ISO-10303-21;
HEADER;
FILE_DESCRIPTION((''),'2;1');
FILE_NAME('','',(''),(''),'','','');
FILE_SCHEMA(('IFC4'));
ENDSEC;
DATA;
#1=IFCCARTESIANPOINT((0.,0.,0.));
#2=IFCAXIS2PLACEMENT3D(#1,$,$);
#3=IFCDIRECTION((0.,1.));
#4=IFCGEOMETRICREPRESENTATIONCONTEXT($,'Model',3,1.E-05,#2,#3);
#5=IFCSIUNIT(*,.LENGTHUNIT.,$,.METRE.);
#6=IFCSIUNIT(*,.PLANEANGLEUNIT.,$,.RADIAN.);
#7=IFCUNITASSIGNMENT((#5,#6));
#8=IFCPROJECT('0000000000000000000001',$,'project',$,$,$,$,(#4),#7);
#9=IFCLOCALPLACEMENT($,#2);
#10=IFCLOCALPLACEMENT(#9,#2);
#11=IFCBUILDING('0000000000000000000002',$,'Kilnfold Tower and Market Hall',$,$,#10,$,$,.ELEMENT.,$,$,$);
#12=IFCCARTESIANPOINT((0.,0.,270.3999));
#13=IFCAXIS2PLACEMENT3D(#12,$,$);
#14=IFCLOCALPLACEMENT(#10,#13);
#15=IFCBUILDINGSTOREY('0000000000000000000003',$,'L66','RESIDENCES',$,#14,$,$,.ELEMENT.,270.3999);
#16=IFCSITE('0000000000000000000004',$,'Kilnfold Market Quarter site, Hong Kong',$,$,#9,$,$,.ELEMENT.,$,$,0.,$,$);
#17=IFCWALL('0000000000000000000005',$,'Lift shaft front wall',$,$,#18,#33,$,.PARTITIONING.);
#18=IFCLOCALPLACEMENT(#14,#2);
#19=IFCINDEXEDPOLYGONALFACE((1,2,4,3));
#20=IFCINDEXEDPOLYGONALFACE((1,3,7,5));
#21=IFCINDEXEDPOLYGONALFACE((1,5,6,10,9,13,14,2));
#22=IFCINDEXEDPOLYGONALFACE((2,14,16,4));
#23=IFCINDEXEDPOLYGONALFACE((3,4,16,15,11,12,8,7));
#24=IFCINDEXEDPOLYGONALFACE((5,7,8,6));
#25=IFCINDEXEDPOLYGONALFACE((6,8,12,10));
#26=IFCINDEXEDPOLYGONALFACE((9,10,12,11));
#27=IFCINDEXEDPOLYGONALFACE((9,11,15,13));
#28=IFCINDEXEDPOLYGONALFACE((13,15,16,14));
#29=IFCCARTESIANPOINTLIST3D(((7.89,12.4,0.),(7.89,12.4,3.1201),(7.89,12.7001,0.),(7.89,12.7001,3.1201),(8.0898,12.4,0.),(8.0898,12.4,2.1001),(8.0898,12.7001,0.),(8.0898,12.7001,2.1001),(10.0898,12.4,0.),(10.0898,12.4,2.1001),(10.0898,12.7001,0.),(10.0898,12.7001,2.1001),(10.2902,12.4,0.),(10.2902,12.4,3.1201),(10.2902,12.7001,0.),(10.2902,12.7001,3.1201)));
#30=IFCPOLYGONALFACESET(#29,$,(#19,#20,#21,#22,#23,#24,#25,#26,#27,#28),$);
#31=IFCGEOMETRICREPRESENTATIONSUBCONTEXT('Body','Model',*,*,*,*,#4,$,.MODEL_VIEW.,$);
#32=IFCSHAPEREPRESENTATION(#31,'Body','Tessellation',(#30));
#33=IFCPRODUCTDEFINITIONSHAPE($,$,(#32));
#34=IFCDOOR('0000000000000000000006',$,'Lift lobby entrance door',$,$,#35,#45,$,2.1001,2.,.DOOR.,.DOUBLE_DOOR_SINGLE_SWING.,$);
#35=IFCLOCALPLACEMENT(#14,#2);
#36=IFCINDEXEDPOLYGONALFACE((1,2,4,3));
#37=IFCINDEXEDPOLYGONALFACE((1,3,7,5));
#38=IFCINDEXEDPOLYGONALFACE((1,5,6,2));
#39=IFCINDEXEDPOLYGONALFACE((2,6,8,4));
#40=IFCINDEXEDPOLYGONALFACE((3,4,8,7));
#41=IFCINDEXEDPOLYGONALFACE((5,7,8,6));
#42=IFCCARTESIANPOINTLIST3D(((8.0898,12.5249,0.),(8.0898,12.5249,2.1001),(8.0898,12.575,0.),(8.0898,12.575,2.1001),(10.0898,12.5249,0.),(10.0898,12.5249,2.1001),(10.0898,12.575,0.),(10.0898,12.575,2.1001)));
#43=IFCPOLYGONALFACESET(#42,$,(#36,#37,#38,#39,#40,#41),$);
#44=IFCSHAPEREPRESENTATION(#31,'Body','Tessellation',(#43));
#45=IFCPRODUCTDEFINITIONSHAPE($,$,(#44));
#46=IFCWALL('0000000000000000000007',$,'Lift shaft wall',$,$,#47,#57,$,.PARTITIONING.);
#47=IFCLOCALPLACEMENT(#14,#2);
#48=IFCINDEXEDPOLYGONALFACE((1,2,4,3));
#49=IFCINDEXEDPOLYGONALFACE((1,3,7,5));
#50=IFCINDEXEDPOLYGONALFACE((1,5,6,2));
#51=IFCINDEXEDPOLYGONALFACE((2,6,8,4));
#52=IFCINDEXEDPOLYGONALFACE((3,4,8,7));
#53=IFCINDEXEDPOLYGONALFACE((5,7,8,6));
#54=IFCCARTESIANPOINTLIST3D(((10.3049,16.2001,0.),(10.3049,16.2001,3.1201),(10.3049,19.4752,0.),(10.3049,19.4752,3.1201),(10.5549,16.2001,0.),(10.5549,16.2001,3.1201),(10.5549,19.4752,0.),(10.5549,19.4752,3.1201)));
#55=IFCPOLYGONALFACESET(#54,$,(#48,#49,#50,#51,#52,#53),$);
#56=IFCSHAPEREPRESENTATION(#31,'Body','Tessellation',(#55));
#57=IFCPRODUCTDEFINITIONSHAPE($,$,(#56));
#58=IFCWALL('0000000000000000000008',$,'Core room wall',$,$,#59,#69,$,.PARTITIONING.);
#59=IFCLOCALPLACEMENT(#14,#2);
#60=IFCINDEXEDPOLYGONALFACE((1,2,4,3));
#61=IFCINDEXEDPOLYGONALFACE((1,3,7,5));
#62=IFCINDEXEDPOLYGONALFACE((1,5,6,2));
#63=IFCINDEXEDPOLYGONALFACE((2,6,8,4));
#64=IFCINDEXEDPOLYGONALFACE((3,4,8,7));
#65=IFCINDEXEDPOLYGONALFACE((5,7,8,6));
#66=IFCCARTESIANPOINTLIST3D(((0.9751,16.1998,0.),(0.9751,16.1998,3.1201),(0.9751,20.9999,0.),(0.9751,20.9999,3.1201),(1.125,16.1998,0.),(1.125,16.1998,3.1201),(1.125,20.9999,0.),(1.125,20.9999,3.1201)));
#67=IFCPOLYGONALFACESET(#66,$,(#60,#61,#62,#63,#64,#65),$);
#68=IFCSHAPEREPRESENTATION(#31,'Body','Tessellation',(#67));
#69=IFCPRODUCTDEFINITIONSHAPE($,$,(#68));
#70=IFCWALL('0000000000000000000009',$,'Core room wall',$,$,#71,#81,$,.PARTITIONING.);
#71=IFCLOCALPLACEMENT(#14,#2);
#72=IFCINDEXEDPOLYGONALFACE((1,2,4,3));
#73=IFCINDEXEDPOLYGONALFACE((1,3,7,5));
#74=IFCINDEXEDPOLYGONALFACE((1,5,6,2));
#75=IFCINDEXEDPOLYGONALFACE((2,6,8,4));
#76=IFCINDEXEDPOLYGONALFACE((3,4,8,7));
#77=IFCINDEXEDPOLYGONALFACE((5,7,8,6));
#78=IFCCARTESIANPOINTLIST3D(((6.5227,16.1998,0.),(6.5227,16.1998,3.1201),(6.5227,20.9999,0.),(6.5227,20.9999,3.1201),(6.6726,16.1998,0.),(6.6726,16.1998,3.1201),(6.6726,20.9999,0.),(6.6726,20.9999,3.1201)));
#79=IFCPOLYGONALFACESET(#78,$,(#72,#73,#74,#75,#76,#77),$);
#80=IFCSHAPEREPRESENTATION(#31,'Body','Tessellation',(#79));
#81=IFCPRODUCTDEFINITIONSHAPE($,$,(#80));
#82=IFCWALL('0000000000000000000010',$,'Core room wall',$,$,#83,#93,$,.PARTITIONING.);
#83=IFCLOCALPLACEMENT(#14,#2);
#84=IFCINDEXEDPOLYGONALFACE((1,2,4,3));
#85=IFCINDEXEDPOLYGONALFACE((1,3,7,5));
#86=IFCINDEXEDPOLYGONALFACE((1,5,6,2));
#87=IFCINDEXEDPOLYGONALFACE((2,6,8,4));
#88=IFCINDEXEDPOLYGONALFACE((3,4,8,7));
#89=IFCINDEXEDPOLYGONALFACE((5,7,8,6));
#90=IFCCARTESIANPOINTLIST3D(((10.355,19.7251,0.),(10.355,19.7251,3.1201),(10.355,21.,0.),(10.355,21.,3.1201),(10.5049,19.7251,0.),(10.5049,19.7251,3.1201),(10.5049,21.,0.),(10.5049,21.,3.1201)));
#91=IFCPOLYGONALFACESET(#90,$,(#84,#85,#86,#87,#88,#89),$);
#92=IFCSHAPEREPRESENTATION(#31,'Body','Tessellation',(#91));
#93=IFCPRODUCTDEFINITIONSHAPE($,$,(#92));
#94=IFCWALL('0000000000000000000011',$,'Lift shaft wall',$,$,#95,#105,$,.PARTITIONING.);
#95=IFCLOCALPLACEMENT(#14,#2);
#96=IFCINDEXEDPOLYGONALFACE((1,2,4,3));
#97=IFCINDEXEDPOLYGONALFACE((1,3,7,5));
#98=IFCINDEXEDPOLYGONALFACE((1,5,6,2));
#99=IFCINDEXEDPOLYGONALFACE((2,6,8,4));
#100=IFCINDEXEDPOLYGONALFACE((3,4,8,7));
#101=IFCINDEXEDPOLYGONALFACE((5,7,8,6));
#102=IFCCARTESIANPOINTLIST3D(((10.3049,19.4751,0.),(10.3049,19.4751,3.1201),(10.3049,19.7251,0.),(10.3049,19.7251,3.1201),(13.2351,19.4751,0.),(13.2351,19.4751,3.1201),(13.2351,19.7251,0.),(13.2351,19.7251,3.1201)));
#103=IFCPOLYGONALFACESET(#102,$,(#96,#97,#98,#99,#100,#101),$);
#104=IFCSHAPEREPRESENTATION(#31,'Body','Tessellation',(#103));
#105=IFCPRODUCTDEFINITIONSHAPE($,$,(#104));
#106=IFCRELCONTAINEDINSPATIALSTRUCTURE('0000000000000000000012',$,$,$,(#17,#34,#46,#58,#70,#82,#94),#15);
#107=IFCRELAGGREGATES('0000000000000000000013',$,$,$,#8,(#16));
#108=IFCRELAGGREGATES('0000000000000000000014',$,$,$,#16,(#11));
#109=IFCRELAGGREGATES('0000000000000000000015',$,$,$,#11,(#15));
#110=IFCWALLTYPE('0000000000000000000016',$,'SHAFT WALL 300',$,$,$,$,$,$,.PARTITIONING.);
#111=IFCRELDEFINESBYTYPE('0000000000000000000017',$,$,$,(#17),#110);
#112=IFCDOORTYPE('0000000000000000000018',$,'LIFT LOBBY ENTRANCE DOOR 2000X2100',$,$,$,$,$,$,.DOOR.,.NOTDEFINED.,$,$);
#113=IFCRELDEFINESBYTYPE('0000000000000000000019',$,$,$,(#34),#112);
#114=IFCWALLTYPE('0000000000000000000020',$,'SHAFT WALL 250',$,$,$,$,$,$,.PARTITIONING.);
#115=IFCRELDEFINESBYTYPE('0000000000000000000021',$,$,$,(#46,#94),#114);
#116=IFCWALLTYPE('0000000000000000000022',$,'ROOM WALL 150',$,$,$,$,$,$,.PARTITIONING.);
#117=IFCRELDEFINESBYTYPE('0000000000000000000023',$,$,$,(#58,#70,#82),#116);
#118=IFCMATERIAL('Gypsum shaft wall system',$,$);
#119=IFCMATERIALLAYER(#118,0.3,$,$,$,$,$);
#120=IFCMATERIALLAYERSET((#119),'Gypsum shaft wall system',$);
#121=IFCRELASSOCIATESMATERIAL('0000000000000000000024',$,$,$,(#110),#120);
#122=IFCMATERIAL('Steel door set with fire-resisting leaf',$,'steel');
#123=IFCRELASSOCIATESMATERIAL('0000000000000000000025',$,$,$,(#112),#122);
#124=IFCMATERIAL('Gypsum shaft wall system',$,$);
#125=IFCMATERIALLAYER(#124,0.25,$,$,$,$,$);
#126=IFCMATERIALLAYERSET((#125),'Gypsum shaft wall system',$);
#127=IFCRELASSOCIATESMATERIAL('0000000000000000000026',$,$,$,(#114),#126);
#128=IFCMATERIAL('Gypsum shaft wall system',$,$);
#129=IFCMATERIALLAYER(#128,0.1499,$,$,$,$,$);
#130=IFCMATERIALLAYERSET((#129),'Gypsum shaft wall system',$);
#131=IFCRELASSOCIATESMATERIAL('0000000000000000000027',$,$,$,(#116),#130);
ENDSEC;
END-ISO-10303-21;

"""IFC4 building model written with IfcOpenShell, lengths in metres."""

from ifc_helpers import new_model, si_unit, direction, frame, frame_2d, origin, place, context, subcontext, project, spatial, rectangle, extrude, source, transform, mapped, material, layer, layer_set, type_object, element, fill, save


model = new_model("IFC4")

# Units and contexts
model_context = context("Model", 3, precision=1e-05, world=origin(), true_north=direction((0.0, 1.0)))
body_context = subcontext(model_context, "Body", "Model", "MODEL_VIEW")
ifc_project = project(units=[si_unit("LENGTHUNIT", "METRE"), si_unit("PLANEANGLEUNIT", "RADIAN")], contexts=[model_context])

# Site, building, storey
site_placement = place(None, origin())
site = spatial("IfcSite", under=ifc_project, at=site_placement, Name="Kilnfold Market Quarter site, Hong Kong", CompositionType="ELEMENT", RefElevation=0.0)
building_placement = place(site_placement, origin())
building = spatial("IfcBuilding", under=site, at=building_placement, Name="Kilnfold Tower and Market Hall", CompositionType="ELEMENT")
storey_placement = place(building_placement, frame((0.0, 0.0, 270.3999)))
storey = spatial("IfcBuildingStorey", under=building, at=storey_placement, Name="L66", Description="RESIDENCES", CompositionType="ELEMENT", Elevation=270.3999)

# Wall, opening, door
ifc_material_1 = material(Name="Gypsum shaft wall system")
ifc_layer_1 = layer(ifc_material_1, 0.3)
ifc_layer_set_1 = layer_set([ifc_layer_1], Name="Gypsum shaft wall system")
wall_type_1 = type_object("IfcWallType", Name="SHAFT WALL 300", PredefinedType="PARTITIONING", material=ifc_layer_set_1)
shared_shape_1 = source(origin(), body_context, "Body", "SweptSolid", [
    extrude(rectangle(XDim=2.4001, YDim=0.3, at=frame_2d((1.2002, 0.0))), origin(), (0.0, 0.0, 1.0), 3.1201),
])
wall_1_placement = place(storey_placement, frame((7.8899, 12.55, 0.0), z_axis=(0.0, 0.0, 1.0), x_axis=(1.0, 0.0, 0.0)))
wall_1 = element("IfcWall", 1, at=wall_1_placement, inside=storey, type_object=wall_type_1, Name="Lift shaft front wall", PredefinedType="PARTITIONING", context=body_context, shape_type="MappedRepresentation", body=[
    mapped(shared_shape_1, transform((0.0, 0.0, 0.0))),
])
opening_1_placement = place(wall_1_placement, frame((0.2, 0.0, 0.0)))
opening_1 = element("IfcOpeningElement", 2, at=opening_1_placement, cuts=wall_1, PredefinedType="OPENING", context=body_context, shape_type="SweptSolid", body=[
    extrude(rectangle(XDim=2.0, YDim=2.1001, at=frame_2d((1.0, 1.05))), frame((0.0, 0.1602, 0.0), z_axis=(0.0, -1.0, 0.0), x_axis=(1.0, 0.0, 0.0)), (0.0, 0.0, 1.0), 0.3201),
])
ifc_material_2 = material(Name="Steel door set with fire-resisting leaf", Category="steel")
door_type_1 = type_object("IfcDoorType", Name="LIFT LOBBY ENTRANCE DOOR 2000X2100", OperationType="NOTDEFINED", PredefinedType="DOOR", material=ifc_material_2)
door_1_placement = place(opening_1_placement, origin())
door_1 = element("IfcDoor", 3, at=door_1_placement, inside=storey, type_object=door_type_1, Name="Lift lobby entrance door", OperationType="DOUBLE_DOOR_SINGLE_SWING", OverallHeight=2.1001, OverallWidth=2.0, PredefinedType="DOOR", context=body_context, shape_type="SweptSolid", body=[
    extrude(rectangle(XDim=2.0, YDim=2.1001, at=frame_2d((1.0, 1.05))), frame((0.0, 0.0249, 0.0), z_axis=(0.0, -1.0, 0.0), x_axis=(1.0, 0.0, 0.0)), (0.0, 0.0, 1.0), 0.05),
])
fill(opening_1, door_1)

# Walls
ifc_material_3 = material(Name="Gypsum shaft wall system")
ifc_layer_2 = layer(ifc_material_3, 0.25)
ifc_layer_set_2 = layer_set([ifc_layer_2], Name="Gypsum shaft wall system")
wall_type_2 = type_object("IfcWallType", Name="SHAFT WALL 250", PredefinedType="PARTITIONING", material=ifc_layer_set_2)
shared_shape_2 = source(origin(), body_context, "Body", "SweptSolid", [
    extrude(rectangle(XDim=3.2751, YDim=0.25, at=frame_2d((1.6377, 0.0))), origin(), (0.0, 0.0, 1.0), 3.1201),
])
wall_2_placement = place(storey_placement, frame((10.4299, 16.2, 0.0), z_axis=(0.0, 0.0, 1.0), x_axis=(0.0, 1.0, 0.0)))
element("IfcWall", 4, at=wall_2_placement, inside=storey, type_object=wall_type_2, Name="Lift shaft wall", PredefinedType="PARTITIONING", context=body_context, shape_type="MappedRepresentation", body=[
    mapped(shared_shape_2, transform((0.0, 0.0, 0.0))),
])
ifc_material_4 = material(Name="Gypsum shaft wall system")
ifc_layer_3 = layer(ifc_material_4, 0.1499)
ifc_layer_set_3 = layer_set([ifc_layer_3], Name="Gypsum shaft wall system")
wall_type_3 = type_object("IfcWallType", Name="ROOM WALL 150", PredefinedType="PARTITIONING", material=ifc_layer_set_3)
shared_shape_3 = source(origin(), body_context, "Body", "SweptSolid", [
    extrude(rectangle(XDim=4.8, YDim=0.1499, at=frame_2d((2.3999, 0.0))), origin(), (0.0, 0.0, 1.0), 3.1201),
])
for number, where, z_axis, x_axis, name in (
    (5, (1.05, 16.2, 0.0), (0.0, 0.0, 1.0), (0.0, 1.0, 0.0), "Core room wall"),
    (6, (6.5977, 16.2, 0.0), (0.0, 0.0, 1.0), (0.0, 1.0, 0.0), "Core room wall"),
):
    element("IfcWall", number, at=place(storey_placement, frame(where, z_axis=z_axis, x_axis=x_axis)), inside=storey, type_object=wall_type_3, Name=name, PredefinedType="PARTITIONING", context=body_context, shape_type="MappedRepresentation", body=[
        mapped(shared_shape_3, transform((0.0, 0.0, 0.0))),
    ])
shared_shape_4 = source(origin(), body_context, "Body", "SweptSolid", [
    extrude(rectangle(XDim=1.2749, YDim=0.1499, at=frame_2d((0.6375, 0.0))), origin(), (0.0, 0.0, 1.0), 3.1201),
])
wall_3_placement = place(storey_placement, frame((10.4299, 19.7251, 0.0), z_axis=(0.0, 0.0, 1.0), x_axis=(0.0, 1.0, 0.0)))
element("IfcWall", 7, at=wall_3_placement, inside=storey, type_object=wall_type_3, Name="Core room wall", PredefinedType="PARTITIONING", context=body_context, shape_type="MappedRepresentation", body=[
    mapped(shared_shape_4, transform((0.0, 0.0, 0.0))),
])
shared_shape_5 = source(origin(), body_context, "Body", "SweptSolid", [
    extrude(rectangle(XDim=2.9302, YDim=0.25, at=frame_2d((1.4651, 0.0))), origin(), (0.0, 0.0, 1.0), 3.1201),
])
wall_4_placement = place(storey_placement, frame((10.3049, 19.6001, 0.0), z_axis=(0.0, 0.0, 1.0), x_axis=(1.0, 0.0, 0.0)))
element("IfcWall", 8, at=wall_4_placement, inside=storey, type_object=wall_type_2, Name="Lift shaft wall", PredefinedType="PARTITIONING", context=body_context, shape_type="MappedRepresentation", body=[
    mapped(shared_shape_5, transform((0.0, 0.0, 0.0))),
])

save(model, "model.ifc")
